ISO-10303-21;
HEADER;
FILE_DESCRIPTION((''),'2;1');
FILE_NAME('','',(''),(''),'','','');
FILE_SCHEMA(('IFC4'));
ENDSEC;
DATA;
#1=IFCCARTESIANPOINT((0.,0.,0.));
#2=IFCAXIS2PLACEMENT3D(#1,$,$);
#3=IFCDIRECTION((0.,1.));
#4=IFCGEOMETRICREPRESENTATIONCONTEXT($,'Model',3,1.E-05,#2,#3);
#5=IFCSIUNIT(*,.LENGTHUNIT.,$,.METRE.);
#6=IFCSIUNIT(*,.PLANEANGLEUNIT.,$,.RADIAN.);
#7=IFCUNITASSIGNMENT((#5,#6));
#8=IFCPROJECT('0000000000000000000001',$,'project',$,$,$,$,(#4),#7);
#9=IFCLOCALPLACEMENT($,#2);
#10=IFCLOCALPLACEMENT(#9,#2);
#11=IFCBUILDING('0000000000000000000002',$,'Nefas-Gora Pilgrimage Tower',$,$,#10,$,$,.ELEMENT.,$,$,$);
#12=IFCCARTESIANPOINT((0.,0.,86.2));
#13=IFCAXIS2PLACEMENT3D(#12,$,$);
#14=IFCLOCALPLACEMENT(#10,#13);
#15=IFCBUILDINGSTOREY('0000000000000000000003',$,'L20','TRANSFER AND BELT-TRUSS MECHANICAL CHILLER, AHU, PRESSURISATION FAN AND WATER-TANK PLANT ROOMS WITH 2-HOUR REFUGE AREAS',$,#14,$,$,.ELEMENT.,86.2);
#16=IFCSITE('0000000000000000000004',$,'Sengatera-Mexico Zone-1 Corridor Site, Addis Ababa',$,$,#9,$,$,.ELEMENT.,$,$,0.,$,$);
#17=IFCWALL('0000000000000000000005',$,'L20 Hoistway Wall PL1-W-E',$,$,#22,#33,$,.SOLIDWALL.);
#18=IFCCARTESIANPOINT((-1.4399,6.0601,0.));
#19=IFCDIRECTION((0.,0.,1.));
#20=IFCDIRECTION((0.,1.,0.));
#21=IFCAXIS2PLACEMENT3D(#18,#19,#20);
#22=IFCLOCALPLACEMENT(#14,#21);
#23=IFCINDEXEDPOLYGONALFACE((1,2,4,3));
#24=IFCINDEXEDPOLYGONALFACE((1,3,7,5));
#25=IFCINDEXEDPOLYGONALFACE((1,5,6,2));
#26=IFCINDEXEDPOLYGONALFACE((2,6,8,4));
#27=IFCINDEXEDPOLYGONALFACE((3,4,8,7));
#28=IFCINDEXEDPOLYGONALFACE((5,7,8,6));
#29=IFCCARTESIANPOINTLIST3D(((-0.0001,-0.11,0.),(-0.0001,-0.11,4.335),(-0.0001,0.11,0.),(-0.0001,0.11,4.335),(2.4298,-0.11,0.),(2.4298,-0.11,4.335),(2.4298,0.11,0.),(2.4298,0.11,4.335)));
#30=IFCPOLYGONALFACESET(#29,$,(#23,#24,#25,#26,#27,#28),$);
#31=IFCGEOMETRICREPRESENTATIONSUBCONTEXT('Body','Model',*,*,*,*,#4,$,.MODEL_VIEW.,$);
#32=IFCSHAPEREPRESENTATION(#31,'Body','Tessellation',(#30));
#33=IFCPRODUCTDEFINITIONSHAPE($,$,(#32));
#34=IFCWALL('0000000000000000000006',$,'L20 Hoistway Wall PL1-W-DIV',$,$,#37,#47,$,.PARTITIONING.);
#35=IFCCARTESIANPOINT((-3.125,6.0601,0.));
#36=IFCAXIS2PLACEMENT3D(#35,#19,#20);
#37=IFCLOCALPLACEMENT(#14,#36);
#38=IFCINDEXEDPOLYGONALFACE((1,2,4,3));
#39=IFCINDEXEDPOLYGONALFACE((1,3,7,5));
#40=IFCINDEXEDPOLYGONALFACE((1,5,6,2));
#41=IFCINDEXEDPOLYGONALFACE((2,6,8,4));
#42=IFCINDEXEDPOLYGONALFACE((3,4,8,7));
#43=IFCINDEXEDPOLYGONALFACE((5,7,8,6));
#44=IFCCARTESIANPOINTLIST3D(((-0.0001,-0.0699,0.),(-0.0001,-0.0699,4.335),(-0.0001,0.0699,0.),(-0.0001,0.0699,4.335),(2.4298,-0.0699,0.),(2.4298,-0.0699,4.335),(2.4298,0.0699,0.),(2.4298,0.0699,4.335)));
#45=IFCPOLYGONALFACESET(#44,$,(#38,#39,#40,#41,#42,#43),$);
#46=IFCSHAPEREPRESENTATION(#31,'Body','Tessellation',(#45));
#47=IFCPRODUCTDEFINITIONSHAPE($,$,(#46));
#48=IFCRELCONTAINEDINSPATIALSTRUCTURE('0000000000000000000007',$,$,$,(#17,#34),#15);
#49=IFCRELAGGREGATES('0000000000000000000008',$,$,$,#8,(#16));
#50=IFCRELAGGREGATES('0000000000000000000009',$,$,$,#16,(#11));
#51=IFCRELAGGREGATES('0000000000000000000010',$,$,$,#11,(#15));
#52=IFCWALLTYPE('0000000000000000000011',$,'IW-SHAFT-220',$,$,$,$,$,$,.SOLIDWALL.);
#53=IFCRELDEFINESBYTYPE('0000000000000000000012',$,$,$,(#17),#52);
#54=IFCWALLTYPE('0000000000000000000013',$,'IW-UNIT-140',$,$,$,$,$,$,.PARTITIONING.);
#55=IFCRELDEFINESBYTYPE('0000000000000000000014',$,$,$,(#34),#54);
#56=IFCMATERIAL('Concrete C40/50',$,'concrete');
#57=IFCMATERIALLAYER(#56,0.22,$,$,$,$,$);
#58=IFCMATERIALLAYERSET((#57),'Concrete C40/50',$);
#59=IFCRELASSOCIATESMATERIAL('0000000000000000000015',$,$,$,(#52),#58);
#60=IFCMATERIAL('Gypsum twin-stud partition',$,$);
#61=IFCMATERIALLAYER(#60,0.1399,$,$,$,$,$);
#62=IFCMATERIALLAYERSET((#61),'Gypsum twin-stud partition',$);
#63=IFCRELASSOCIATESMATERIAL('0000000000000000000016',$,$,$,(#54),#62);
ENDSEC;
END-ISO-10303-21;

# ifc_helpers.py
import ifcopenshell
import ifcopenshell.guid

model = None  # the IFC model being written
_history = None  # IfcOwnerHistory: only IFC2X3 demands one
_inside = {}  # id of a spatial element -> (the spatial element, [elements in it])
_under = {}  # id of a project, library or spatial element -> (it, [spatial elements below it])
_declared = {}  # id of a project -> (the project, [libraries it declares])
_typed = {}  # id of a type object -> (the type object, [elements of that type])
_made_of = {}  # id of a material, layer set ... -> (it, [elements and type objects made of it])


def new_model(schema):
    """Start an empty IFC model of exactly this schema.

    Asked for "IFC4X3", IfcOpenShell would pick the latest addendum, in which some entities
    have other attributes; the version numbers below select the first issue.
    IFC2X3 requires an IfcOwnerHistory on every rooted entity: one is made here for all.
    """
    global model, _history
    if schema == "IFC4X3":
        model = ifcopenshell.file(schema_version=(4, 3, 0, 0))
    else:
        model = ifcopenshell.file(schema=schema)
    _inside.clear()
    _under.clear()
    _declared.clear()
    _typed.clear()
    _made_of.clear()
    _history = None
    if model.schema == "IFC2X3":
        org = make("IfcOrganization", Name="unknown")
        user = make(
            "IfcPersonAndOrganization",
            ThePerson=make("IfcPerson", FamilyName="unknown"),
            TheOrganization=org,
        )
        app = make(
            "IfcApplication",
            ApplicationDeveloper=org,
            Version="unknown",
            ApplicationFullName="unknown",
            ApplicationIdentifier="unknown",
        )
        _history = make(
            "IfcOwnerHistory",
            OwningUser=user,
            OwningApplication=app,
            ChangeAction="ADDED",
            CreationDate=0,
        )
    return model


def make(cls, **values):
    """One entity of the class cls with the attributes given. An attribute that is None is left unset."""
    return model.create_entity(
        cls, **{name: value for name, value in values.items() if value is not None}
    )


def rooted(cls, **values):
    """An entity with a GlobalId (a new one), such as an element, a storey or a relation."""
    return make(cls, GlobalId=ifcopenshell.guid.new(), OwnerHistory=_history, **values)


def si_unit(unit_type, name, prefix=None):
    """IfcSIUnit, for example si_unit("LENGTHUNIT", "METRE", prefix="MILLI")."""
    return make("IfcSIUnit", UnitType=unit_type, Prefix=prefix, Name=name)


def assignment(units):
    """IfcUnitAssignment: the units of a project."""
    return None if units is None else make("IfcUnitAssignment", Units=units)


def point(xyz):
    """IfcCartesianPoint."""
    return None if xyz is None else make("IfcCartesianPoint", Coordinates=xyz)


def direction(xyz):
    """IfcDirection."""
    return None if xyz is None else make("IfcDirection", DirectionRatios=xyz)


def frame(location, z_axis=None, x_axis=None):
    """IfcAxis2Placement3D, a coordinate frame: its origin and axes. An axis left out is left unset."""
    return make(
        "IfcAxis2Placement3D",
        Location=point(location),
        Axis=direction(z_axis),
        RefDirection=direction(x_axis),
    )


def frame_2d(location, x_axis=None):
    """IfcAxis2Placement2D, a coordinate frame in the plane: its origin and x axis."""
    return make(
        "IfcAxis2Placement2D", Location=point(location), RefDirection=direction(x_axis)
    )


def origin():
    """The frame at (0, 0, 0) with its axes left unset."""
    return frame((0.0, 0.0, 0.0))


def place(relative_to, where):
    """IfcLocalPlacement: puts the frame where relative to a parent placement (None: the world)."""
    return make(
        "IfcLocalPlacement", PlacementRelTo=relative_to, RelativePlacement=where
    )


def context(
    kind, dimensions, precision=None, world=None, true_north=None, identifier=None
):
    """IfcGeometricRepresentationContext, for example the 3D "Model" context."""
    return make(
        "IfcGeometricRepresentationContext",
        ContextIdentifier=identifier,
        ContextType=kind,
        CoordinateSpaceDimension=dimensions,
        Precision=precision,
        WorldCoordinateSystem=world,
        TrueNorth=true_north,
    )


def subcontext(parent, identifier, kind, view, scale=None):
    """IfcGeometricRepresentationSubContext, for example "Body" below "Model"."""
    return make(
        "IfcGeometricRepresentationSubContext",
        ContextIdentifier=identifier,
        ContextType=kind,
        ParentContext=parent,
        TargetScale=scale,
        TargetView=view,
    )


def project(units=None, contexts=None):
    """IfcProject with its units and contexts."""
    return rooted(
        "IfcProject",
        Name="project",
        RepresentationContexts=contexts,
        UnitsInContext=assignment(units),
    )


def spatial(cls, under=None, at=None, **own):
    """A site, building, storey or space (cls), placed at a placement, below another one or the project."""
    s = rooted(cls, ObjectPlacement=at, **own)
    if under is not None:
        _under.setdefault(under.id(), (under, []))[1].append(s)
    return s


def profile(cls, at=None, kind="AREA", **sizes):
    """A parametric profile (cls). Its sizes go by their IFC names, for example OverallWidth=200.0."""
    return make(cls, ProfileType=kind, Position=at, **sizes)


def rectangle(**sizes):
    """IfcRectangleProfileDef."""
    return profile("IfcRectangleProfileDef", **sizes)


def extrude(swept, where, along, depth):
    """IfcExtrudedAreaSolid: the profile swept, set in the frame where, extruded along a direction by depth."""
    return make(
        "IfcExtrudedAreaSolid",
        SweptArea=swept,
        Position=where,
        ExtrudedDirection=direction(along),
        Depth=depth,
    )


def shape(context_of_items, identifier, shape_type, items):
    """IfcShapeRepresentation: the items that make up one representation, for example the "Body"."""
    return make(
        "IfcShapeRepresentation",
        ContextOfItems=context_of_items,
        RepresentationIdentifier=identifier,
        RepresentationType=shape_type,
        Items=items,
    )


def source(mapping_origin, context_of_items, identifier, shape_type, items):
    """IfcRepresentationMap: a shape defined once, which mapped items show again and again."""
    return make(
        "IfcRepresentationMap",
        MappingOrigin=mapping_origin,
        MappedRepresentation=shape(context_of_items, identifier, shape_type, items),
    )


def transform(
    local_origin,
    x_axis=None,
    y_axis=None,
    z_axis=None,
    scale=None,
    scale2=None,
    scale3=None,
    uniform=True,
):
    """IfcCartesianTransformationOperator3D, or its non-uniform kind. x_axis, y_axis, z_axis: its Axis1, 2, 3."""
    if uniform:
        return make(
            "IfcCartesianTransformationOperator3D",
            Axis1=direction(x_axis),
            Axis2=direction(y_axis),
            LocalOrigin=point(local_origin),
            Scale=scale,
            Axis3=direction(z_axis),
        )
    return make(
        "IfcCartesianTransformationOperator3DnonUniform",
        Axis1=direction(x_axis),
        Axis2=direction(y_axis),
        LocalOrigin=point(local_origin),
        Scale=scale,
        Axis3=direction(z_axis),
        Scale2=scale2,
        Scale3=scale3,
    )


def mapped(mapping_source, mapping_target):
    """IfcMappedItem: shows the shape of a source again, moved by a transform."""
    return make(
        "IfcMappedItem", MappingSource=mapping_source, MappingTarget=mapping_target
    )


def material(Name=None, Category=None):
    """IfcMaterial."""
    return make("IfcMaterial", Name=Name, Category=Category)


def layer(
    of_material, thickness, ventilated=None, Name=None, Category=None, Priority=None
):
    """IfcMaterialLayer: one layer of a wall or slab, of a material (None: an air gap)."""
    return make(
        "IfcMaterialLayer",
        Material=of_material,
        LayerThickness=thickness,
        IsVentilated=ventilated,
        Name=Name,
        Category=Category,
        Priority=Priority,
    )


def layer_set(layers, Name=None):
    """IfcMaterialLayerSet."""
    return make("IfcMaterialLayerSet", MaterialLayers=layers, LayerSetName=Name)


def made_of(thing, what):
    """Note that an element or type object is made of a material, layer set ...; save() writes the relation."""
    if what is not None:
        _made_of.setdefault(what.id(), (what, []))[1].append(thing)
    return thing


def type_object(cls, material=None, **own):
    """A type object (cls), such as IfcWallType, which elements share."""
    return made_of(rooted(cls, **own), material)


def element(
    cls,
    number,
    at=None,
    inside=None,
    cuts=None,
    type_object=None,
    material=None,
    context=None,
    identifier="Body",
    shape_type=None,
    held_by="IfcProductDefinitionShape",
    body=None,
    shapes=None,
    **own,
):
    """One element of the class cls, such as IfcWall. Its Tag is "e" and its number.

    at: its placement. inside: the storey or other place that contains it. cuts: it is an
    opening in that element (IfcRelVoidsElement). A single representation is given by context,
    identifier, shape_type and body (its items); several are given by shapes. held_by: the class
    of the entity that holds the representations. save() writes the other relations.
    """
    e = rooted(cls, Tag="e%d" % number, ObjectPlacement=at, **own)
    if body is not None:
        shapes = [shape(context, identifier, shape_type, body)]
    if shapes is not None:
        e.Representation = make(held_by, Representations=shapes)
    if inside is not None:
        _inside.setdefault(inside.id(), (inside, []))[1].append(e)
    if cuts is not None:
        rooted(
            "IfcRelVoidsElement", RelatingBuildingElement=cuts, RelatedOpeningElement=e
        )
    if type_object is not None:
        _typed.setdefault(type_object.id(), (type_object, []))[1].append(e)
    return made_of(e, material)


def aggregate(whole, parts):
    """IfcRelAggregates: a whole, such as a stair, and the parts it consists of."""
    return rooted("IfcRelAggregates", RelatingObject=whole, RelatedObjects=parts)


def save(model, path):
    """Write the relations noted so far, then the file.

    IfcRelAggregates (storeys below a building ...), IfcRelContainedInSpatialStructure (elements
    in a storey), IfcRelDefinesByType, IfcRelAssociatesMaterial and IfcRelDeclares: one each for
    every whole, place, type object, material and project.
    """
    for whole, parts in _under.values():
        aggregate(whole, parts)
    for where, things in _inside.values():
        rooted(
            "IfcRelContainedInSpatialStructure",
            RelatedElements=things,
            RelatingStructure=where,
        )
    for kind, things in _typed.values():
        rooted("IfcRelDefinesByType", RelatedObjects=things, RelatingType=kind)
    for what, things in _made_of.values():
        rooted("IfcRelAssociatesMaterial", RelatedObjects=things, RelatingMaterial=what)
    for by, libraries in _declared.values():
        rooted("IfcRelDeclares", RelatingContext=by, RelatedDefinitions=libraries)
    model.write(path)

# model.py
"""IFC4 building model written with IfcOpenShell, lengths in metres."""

from ifc_helpers import new_model, si_unit, direction, frame, frame_2d, origin, place, context, subcontext, project, spatial, rectangle, extrude, source, transform, mapped, material, layer, layer_set, type_object, element, save


model = new_model("IFC4")

# Units and contexts
model_context = context("Model", 3, precision=1e-05, world=origin(), true_north=direction((0.0, 1.0)))
body_context = subcontext(model_context, "Body", "Model", "MODEL_VIEW")
ifc_project = project(units=[si_unit("LENGTHUNIT", "METRE"), si_unit("PLANEANGLEUNIT", "RADIAN")], contexts=[model_context])

# Site, building, storey
site_placement = place(None, origin())
site = spatial("IfcSite", under=ifc_project, at=site_placement, Name="Sengatera-Mexico Zone-1 Corridor Site, Addis Ababa", CompositionType="ELEMENT", RefElevation=0.0)
building_placement = place(site_placement, origin())
building = spatial("IfcBuilding", under=site, at=building_placement, Name="Nefas-Gora Pilgrimage Tower", CompositionType="ELEMENT")
storey_placement = place(building_placement, frame((0.0, 0.0, 86.2)))
storey = spatial("IfcBuildingStorey", under=building, at=storey_placement, Name="L20", Description="TRANSFER AND BELT-TRUSS MECHANICAL CHILLER, AHU, PRESSURISATION FAN AND WATER-TANK PLANT ROOMS WITH 2-HOUR REFUGE AREAS", CompositionType="ELEMENT", Elevation=86.2)

# Shared definitions
ifc_material_1 = material(Name="Concrete C40/50", Category="concrete")

# Shared definitions
ifc_layer_1 = layer(ifc_material_1, 0.22)
ifc_layer_set_1 = layer_set([ifc_layer_1], Name="Concrete C40/50")
wall_type_1 = type_object("IfcWallType", Name="IW-SHAFT-220", PredefinedType="SOLIDWALL", material=ifc_layer_set_1)

# Walls
shared_shape_1 = source(origin(), body_context, "Body", "SweptSolid", [
    extrude(rectangle(XDim=2.4299, YDim=0.22, at=frame_2d((1.2148, 0.0))), origin(), (0.0, 0.0, 1.0), 4.335),
])
for number, where, z_axis, x_axis, name in (
    (1, (-1.4399, 6.0601, 0.0), (0.0, 0.0, 1.0), (0.0, 1.0, 0.0), "L20 Hoistway Wall PL1-W-E"),
):
    element("IfcWall", number, at=place(storey_placement, frame(where, z_axis=z_axis, x_axis=x_axis)), inside=storey, type_object=wall_type_1, Name=name, PredefinedType="SOLIDWALL", context=body_context, shape_type="MappedRepresentation", body=[
        mapped(shared_shape_1, transform((0.0, 0.0, 0.0), x_axis=(1.0, 0.0, 0.0), y_axis=(0.0, 1.0, 0.0), z_axis=(0.0, 0.0, 1.0), scale=1.0)),
    ])
ifc_material_2 = material(Name="Gypsum twin-stud partition")
ifc_layer_2 = layer(ifc_material_2, 0.1399)
ifc_layer_set_2 = layer_set([ifc_layer_2], Name="Gypsum twin-stud partition")
wall_type_2 = type_object("IfcWallType", Name="IW-UNIT-140", PredefinedType="PARTITIONING", material=ifc_layer_set_2)
shared_shape_2 = source(origin(), body_context, "Body", "SweptSolid", [
    extrude(rectangle(XDim=2.4299, YDim=0.1399, at=frame_2d((1.2148, 0.0))), origin(), (0.0, 0.0, 1.0), 4.335),
])
wall_1_placement = place(storey_placement, frame((-3.125, 6.0601, 0.0), z_axis=(0.0, 0.0, 1.0), x_axis=(0.0, 1.0, 0.0)))
element("IfcWall", 2, at=wall_1_placement, inside=storey, type_object=wall_type_2, Name="L20 Hoistway Wall PL1-W-DIV", PredefinedType="PARTITIONING", context=body_context, shape_type="MappedRepresentation", body=[
    mapped(shared_shape_2, transform((0.0, 0.0, 0.0), x_axis=(1.0, 0.0, 0.0), y_axis=(0.0, 1.0, 0.0), z_axis=(0.0, 0.0, 1.0), scale=1.0)),
])

save(model, "model.ifc")
